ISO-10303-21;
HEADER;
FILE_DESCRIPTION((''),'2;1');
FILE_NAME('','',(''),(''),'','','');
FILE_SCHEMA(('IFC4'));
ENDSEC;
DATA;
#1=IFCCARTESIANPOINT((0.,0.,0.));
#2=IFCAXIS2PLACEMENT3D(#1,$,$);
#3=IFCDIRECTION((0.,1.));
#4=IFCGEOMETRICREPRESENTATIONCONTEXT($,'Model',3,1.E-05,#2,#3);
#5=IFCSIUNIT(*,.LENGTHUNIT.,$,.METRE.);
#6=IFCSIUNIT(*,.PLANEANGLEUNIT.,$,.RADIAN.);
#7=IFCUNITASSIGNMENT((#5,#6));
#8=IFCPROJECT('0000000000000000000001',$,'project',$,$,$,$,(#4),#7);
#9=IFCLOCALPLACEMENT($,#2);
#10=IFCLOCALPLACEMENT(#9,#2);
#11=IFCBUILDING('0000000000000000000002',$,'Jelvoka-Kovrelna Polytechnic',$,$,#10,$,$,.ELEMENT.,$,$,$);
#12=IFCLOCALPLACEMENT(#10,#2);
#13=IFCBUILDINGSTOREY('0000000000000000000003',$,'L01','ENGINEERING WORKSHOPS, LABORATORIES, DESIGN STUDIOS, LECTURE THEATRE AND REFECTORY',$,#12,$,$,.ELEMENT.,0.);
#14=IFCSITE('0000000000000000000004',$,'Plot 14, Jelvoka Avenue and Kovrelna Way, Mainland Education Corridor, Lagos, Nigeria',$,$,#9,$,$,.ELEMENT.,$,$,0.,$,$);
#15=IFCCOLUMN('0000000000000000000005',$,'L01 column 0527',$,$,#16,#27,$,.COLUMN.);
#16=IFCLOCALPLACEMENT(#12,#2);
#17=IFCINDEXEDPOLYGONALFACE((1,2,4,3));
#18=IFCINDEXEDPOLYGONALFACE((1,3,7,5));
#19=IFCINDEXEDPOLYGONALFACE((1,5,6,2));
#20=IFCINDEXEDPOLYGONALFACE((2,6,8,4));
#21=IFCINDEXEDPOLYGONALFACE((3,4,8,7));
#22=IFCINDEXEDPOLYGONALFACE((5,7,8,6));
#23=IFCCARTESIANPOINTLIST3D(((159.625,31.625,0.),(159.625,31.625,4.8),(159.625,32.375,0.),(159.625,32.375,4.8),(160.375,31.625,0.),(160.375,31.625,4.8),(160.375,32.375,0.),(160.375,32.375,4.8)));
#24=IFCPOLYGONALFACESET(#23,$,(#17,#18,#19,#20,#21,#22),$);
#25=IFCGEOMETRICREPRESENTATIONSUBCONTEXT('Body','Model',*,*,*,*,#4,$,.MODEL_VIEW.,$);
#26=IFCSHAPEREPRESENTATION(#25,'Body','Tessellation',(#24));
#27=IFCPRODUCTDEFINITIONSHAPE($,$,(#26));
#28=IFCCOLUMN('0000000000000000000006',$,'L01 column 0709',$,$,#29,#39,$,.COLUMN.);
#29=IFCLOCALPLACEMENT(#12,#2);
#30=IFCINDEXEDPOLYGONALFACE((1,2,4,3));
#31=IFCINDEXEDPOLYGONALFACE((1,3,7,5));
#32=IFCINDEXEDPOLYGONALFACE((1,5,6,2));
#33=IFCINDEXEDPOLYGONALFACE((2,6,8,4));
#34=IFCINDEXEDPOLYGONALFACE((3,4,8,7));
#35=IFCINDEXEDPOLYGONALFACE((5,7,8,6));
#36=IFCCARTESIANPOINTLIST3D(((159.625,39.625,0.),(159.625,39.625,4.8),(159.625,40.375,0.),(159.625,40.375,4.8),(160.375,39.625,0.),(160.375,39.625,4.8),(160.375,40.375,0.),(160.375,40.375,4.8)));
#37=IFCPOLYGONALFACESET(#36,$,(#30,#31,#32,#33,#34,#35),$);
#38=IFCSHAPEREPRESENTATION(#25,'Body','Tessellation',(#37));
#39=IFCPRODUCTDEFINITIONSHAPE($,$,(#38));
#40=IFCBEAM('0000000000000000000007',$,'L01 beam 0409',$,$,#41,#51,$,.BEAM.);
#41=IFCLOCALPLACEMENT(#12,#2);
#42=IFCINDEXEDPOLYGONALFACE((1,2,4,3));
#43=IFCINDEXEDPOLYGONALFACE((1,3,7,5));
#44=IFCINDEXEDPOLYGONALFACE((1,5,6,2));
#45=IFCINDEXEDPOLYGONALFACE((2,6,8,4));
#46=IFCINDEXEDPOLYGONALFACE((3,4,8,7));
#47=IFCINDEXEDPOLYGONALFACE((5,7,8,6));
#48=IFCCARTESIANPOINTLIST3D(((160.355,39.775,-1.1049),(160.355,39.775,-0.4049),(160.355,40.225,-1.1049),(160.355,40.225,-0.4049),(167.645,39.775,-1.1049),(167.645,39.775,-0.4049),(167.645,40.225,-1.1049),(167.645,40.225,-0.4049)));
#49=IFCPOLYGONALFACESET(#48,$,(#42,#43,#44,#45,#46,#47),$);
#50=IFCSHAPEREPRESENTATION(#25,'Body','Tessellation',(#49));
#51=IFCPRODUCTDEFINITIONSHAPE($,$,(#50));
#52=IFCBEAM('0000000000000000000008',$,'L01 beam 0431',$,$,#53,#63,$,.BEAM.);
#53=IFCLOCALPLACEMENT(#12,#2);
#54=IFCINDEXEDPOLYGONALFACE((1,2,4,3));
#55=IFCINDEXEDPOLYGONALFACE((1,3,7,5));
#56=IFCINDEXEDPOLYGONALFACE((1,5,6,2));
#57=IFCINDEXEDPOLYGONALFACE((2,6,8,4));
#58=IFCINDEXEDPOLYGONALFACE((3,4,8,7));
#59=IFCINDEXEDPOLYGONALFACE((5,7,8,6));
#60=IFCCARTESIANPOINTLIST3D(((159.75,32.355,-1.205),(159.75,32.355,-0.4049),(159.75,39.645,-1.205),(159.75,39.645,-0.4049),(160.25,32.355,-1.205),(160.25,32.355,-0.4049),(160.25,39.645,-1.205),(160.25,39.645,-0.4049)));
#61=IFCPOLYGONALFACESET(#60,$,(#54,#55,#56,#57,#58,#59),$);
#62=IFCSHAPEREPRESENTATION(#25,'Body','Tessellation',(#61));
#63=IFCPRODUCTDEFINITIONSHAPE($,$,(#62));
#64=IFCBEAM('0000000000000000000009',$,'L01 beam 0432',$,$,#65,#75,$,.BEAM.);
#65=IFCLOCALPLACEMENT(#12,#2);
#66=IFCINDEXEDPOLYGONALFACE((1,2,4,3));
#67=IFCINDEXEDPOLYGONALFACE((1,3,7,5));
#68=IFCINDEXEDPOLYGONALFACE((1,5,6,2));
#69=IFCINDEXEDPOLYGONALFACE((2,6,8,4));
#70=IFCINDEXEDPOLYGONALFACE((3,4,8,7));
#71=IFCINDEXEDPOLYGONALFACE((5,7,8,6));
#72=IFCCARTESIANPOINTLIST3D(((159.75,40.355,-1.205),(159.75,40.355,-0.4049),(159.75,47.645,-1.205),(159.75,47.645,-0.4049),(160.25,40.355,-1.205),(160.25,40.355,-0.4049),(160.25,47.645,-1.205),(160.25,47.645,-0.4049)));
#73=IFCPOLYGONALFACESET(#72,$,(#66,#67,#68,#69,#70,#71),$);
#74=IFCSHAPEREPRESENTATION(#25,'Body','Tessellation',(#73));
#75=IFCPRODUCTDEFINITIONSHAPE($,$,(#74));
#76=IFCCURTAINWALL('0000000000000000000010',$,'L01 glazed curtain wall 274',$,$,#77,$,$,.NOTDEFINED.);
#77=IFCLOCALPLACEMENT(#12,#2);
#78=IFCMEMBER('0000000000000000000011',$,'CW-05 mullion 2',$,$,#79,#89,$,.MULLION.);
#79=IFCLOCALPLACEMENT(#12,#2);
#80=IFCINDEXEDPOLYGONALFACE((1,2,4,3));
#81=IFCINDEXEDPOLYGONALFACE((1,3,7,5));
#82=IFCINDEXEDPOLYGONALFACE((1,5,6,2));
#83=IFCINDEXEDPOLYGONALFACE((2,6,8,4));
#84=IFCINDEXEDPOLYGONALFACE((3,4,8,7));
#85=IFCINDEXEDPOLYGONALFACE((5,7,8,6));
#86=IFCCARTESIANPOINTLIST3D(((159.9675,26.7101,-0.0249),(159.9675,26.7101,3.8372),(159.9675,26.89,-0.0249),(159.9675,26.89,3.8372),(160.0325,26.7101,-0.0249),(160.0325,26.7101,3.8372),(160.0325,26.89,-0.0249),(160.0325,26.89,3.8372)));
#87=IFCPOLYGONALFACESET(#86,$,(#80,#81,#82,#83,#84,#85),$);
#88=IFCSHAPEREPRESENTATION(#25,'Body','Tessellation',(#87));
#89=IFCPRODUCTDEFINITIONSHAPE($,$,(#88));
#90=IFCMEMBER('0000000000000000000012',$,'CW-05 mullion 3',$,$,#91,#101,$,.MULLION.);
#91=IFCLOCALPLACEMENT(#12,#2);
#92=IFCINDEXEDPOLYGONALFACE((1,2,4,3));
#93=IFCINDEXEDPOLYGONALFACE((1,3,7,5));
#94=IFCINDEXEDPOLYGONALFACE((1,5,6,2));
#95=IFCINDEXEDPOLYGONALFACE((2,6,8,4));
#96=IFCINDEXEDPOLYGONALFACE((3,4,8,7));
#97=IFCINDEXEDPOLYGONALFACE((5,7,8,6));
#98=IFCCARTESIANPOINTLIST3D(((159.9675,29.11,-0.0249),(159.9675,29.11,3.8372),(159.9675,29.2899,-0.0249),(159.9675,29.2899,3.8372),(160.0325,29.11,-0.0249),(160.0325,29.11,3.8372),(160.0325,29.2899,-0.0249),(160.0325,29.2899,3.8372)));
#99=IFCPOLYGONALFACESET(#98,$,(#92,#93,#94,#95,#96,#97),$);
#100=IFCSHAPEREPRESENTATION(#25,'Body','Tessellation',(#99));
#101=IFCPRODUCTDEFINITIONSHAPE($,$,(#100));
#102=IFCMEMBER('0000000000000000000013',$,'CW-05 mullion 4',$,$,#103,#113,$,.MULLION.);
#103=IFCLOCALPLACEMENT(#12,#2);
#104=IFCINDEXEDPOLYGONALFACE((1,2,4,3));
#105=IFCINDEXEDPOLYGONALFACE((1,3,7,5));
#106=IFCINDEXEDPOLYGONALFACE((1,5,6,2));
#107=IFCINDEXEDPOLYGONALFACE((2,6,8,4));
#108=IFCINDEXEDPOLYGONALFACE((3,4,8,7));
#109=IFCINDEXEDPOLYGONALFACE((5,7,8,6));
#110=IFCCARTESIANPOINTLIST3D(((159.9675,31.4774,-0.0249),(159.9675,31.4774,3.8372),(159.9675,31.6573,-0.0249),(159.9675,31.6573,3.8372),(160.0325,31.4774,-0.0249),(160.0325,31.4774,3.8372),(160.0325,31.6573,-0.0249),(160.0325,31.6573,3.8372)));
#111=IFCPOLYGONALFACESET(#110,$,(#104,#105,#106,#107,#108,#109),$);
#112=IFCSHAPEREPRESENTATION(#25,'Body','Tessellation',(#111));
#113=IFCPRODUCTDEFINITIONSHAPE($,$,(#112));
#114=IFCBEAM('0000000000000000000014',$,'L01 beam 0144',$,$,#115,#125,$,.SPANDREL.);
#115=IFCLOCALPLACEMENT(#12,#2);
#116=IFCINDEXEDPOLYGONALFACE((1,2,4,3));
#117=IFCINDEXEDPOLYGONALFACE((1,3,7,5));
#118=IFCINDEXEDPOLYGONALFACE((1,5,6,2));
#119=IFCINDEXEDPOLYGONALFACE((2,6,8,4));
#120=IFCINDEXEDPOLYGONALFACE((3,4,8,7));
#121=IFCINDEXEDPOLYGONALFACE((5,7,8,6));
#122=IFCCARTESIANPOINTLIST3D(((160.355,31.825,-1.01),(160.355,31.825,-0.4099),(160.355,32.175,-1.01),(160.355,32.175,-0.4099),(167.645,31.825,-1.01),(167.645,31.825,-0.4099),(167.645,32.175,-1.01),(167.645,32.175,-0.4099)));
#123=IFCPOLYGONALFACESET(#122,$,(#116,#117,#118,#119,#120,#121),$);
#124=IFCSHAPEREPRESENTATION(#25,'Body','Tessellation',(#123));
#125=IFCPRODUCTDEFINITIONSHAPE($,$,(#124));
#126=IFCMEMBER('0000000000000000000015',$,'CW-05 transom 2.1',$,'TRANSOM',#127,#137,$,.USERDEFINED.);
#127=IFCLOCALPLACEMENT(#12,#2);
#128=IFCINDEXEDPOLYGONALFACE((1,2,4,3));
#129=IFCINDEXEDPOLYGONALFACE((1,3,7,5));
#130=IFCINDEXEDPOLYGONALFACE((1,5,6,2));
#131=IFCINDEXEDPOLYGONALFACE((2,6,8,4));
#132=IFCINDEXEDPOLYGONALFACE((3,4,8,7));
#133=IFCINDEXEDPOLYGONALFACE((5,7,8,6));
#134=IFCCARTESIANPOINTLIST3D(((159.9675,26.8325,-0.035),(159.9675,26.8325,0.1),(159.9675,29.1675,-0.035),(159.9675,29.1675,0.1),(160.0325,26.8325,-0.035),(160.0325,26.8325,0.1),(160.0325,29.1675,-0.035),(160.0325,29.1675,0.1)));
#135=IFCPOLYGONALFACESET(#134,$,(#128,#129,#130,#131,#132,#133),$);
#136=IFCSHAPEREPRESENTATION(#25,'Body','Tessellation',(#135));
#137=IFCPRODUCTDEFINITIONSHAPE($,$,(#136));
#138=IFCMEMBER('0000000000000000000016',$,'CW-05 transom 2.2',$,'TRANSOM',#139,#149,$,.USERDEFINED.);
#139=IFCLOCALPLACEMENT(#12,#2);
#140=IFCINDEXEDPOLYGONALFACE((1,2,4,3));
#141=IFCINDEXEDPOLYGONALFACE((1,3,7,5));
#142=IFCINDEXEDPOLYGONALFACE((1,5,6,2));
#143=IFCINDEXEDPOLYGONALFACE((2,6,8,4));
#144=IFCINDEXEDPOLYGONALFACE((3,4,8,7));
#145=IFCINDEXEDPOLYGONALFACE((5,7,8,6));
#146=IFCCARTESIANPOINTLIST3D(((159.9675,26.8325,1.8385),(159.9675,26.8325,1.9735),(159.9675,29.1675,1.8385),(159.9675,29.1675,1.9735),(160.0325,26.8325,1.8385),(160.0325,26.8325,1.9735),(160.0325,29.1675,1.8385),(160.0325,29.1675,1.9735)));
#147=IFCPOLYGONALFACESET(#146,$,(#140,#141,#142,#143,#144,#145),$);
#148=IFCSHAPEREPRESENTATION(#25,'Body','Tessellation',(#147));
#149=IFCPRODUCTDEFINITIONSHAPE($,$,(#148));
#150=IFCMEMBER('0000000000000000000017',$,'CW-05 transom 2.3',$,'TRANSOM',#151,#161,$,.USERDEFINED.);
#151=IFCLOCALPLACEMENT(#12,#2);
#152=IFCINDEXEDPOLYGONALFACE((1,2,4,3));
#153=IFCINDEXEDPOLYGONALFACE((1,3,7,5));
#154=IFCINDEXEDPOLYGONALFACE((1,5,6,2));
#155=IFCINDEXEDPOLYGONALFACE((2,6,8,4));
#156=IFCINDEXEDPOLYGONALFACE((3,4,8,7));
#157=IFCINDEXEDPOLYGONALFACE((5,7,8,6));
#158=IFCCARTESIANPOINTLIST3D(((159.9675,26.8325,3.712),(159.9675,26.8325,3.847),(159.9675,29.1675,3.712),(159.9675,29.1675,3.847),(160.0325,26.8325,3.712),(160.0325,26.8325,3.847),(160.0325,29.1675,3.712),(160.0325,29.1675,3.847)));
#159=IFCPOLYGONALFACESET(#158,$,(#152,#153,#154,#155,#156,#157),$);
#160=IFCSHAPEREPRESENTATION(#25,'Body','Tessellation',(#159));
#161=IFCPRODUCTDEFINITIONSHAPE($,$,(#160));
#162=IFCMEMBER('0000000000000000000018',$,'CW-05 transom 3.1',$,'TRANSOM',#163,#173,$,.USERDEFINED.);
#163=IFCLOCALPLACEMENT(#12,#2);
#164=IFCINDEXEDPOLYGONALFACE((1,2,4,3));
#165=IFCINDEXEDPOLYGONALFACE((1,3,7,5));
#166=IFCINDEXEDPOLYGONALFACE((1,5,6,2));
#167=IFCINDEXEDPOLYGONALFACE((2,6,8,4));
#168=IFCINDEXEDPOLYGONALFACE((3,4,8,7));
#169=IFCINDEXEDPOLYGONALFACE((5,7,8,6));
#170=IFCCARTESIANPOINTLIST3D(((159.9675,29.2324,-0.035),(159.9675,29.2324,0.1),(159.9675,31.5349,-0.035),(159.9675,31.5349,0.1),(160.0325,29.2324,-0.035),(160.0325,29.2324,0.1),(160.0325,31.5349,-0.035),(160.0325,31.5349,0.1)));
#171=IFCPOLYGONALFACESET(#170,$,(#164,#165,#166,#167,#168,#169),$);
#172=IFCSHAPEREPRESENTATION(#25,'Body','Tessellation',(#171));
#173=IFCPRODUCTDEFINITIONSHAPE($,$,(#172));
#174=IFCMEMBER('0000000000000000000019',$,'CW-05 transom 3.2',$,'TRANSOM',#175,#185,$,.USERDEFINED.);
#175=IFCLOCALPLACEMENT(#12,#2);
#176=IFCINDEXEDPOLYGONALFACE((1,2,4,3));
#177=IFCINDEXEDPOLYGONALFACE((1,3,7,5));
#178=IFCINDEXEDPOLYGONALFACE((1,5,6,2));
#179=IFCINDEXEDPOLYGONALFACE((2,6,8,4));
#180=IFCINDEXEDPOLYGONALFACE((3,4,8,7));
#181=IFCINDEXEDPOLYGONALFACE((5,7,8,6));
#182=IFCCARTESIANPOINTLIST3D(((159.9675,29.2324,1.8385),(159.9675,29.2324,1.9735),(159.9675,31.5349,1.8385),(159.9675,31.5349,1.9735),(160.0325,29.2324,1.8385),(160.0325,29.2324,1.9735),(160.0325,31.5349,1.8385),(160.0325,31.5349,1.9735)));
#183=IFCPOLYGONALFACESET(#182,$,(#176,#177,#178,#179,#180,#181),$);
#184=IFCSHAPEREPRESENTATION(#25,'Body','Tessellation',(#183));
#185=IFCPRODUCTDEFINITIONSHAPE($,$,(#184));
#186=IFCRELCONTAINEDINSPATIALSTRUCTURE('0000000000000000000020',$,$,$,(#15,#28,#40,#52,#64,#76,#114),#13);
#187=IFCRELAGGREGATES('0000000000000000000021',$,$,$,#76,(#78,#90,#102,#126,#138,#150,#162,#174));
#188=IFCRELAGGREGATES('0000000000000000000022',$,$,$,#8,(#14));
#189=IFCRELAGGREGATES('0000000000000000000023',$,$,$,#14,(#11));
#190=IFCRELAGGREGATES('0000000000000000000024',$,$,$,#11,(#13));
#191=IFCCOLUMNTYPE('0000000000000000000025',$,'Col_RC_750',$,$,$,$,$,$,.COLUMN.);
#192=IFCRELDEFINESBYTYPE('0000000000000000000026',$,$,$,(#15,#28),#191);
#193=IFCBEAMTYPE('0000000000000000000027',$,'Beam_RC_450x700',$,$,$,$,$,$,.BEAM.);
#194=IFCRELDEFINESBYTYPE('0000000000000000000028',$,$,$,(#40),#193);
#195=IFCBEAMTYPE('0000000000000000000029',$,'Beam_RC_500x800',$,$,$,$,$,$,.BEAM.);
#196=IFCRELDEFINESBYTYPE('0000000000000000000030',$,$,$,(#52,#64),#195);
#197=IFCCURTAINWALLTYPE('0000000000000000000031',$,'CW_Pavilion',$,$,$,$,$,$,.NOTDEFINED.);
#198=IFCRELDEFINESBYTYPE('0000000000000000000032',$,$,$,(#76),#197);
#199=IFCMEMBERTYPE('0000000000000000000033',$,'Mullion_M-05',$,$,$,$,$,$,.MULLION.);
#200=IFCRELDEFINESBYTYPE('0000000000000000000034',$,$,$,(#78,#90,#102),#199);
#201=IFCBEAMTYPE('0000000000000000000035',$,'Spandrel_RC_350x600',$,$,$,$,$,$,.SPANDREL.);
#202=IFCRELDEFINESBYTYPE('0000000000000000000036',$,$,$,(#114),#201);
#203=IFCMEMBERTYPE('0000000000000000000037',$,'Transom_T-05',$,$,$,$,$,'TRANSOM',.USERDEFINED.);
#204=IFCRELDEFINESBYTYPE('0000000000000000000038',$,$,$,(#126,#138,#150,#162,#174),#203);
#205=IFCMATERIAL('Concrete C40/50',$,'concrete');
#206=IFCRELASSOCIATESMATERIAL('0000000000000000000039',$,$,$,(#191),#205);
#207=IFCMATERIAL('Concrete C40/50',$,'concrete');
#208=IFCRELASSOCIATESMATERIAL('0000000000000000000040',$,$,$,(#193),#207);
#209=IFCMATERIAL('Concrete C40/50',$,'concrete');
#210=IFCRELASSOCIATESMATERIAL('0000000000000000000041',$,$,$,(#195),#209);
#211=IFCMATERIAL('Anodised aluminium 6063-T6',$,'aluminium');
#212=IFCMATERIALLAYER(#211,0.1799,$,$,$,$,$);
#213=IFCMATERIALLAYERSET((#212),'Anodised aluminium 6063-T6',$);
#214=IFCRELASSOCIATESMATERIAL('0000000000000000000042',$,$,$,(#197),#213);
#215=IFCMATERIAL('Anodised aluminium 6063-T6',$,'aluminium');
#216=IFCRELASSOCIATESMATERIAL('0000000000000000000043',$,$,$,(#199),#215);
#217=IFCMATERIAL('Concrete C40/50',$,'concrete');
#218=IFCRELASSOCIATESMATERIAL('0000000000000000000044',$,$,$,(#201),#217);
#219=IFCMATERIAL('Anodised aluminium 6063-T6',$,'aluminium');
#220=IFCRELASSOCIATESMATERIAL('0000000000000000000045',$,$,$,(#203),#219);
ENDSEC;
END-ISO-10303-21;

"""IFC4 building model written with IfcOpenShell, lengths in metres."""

from ifc_helpers import new_model, si_unit, direction, frame, origin, origin_2d, place, context, subcontext, project, spatial, rectangle, extrude, material, layer, layer_set, material_profile, profile_set, type_object, element, aggregate, save


model = new_model("IFC4")

# Units and contexts
model_context = context("Model", 3, precision=1e-05, world=origin(), true_north=direction((0.0, 1.0)))
body_context = subcontext(model_context, "Body", "Model", "MODEL_VIEW")
ifc_project = project(units=[si_unit("LENGTHUNIT", "METRE"), si_unit("PLANEANGLEUNIT", "RADIAN")], contexts=[model_context])

# Site, building, storey
site_placement = place(None, origin())
site = spatial("IfcSite", under=ifc_project, at=site_placement, Name="Plot 14, Jelvoka Avenue and Kovrelna Way, Mainland Education Corridor, Lagos, Nigeria", CompositionType="ELEMENT", RefElevation=0.0)
building_placement = place(site_placement, origin())
building = spatial("IfcBuilding", under=site, at=building_placement, Name="Jelvoka-Kovrelna Polytechnic", CompositionType="ELEMENT")
storey_placement = place(building_placement, origin())
storey = spatial("IfcBuildingStorey", under=building, at=storey_placement, Name="L01", Description="ENGINEERING WORKSHOPS, LABORATORIES, DESIGN STUDIOS, LECTURE THEATRE AND REFECTORY", CompositionType="ELEMENT", Elevation=0.0)

# Columns
ifc_material_1 = material(Name="Concrete C40/50", Category="concrete")
ifc_material_profile_1 = material_profile(ifc_material_1, rectangle(XDim=0.75, YDim=0.75, at=origin_2d()), Name="RC 750x750")
ifc_profile_set_1 = profile_set([ifc_material_profile_1], Name="Concrete C40/50")
column_type = type_object("IfcColumnType", Name="Col_RC_750", PredefinedType="COLUMN", material=ifc_profile_set_1)
for number, where, z_axis, x_axis, name in (
    (1, (160.0, 32.0, 0.0), (0.0, 0.0, 1.0), (1.0, 0.0, 0.0), "L01 column 0527"),
    (2, (160.0, 40.0, 0.0), (0.0, 0.0, 1.0), (1.0, 0.0, 0.0), "L01 column 0709"),
):
    element("IfcColumn", number, at=place(storey_placement, frame(where, z_axis=z_axis, x_axis=x_axis)), inside=storey, type_object=column_type, Name=name, PredefinedType="COLUMN", context=body_context, shape_type="SweptSolid", body=[
        extrude(rectangle(XDim=0.75, YDim=0.75, at=origin_2d()), origin(), (0.0, 0.0, 1.0), 4.8),
    ])

# Beams
ifc_material_2 = material(Name="Concrete C40/50", Category="concrete")
ifc_material_profile_2 = material_profile(ifc_material_2, rectangle(XDim=0.45, YDim=0.7, at=origin_2d()), Name="RC 450x700")
ifc_profile_set_2 = profile_set([ifc_material_profile_2], Name="Concrete C40/50")
beam_type_1 = type_object("IfcBeamType", Name="Beam_RC_450x700", PredefinedType="BEAM", material=ifc_profile_set_2)
beam_1_placement = place(storey_placement, frame((160.355, 40.0, -0.7549), z_axis=(1.0, 0.0, 0.0), x_axis=(0.0, 1.0, 0.0)))
element("IfcBeam", 3, at=beam_1_placement, inside=storey, type_object=beam_type_1, Name="L01 beam 0409", PredefinedType="BEAM", context=body_context, shape_type="SweptSolid", body=[
    extrude(rectangle(XDim=0.45, YDim=0.7, at=origin_2d()), origin(), (0.0, 0.0, 1.0), 7.29),
])
ifc_material_3 = material(Name="Concrete C40/50", Category="concrete")
ifc_material_profile_3 = material_profile(ifc_material_3, rectangle(XDim=0.5, YDim=0.8, at=origin_2d()), Name="RC 500x800")
ifc_profile_set_3 = profile_set([ifc_material_profile_3], Name="Concrete C40/50")
beam_type_2 = type_object("IfcBeamType", Name="Beam_RC_500x800", PredefinedType="BEAM", material=ifc_profile_set_3)
for number, where, z_axis, x_axis, name in (
    (4, (160.0, 32.355, -0.8049), (0.0, 1.0, 0.0), (-1.0, 0.0, 0.0), "L01 beam 0431"),
    (5, (160.0, 40.355, -0.8049), (0.0, 1.0, 0.0), (-1.0, 0.0, 0.0), "L01 beam 0432"),
):
    element("IfcBeam", number, at=place(storey_placement, frame(where, z_axis=z_axis, x_axis=x_axis)), inside=storey, type_object=beam_type_2, Name=name, PredefinedType="BEAM", context=body_context, shape_type="SweptSolid", body=[
        extrude(rectangle(XDim=0.5, YDim=0.8, at=origin_2d()), origin(), (0.0, 0.0, 1.0), 7.29),
    ])

# Curtain wall, members
ifc_material_4 = material(Name="Anodised aluminium 6063-T6", Category="aluminium")
ifc_layer_1 = layer(ifc_material_4, 0.1799)
ifc_layer_set_1 = layer_set([ifc_layer_1], Name="Anodised aluminium 6063-T6")
curtain_wall_type = type_object("IfcCurtainWallType", Name="CW_Pavilion", PredefinedType="NOTDEFINED", material=ifc_layer_set_1)
curtain_wall_placement = place(storey_placement, origin())
curtain_wall = element("IfcCurtainWall", 6, at=curtain_wall_placement, inside=storey, type_object=curtain_wall_type, Name="L01 glazed curtain wall 274", PredefinedType="NOTDEFINED")
ifc_material_5 = material(Name="Anodised aluminium 6063-T6", Category="aluminium")
ifc_material_profile_4 = material_profile(ifc_material_5, rectangle(XDim=0.0649, YDim=0.1799, at=origin_2d()), Name="ALU 65x180")
ifc_profile_set_4 = profile_set([ifc_material_profile_4], Name="Anodised aluminium 6063-T6")
member_type_1 = type_object("IfcMemberType", Name="Mullion_M-05", PredefinedType="MULLION", material=ifc_profile_set_4)
member_1_placement = place(storey_placement, frame((160.0, 26.8, -0.0249), z_axis=(0.0, 0.0, 1.0), x_axis=(-1.0, 0.0, 0.0)))
member_1 = element("IfcMember", 7, at=member_1_placement, type_object=member_type_1, Name="CW-05 mullion 2", PredefinedType="MULLION", context=body_context, shape_type="SweptSolid", body=[
    extrude(rectangle(XDim=0.0649, YDim=0.1799, at=origin_2d()), origin(), (0.0, 0.0, 1.0), 3.8621),
])
member_2_placement = place(storey_placement, frame((160.0, 29.2, -0.0249), z_axis=(0.0, 0.0, 1.0), x_axis=(-1.0, 0.0, 0.0)))
member_2 = element("IfcMember", 8, at=member_2_placement, type_object=member_type_1, Name="CW-05 mullion 3", PredefinedType="MULLION", context=body_context, shape_type="SweptSolid", body=[
    extrude(rectangle(XDim=0.0649, YDim=0.1799, at=origin_2d()), origin(), (0.0, 0.0, 1.0), 3.8621),
])
member_3_placement = place(storey_placement, frame((160.0, 31.5674, -0.0249), z_axis=(0.0, 0.0, 1.0), x_axis=(-1.0, 0.0, 0.0)))
member_3 = element("IfcMember", 9, at=member_3_placement, type_object=member_type_1, Name="CW-05 mullion 4", PredefinedType="MULLION", context=body_context, shape_type="SweptSolid", body=[
    extrude(rectangle(XDim=0.0649, YDim=0.1799, at=origin_2d()), origin(), (0.0, 0.0, 1.0), 3.8621),
])

# Beam
ifc_material_6 = material(Name="Concrete C40/50", Category="concrete")
ifc_material_profile_5 = material_profile(ifc_material_6, rectangle(XDim=0.3501, YDim=0.6001, at=origin_2d()), Name="RC 350x600")
ifc_profile_set_5 = profile_set([ifc_material_profile_5], Name="Concrete C40/50")
beam_type_3 = type_object("IfcBeamType", Name="Spandrel_RC_350x600", PredefinedType="SPANDREL", material=ifc_profile_set_5)
beam_2_placement = place(storey_placement, frame((160.355, 32.0, -0.71), z_axis=(1.0, 0.0, 0.0), x_axis=(0.0, 1.0, 0.0)))
element("IfcBeam", 10, at=beam_2_placement, inside=storey, type_object=beam_type_3, Name="L01 beam 0144", PredefinedType="SPANDREL", context=body_context, shape_type="SweptSolid", body=[
    extrude(rectangle(XDim=0.3501, YDim=0.6001, at=origin_2d()), origin(), (0.0, 0.0, 1.0), 7.29),
])

# Members
ifc_material_7 = material(Name="Anodised aluminium 6063-T6", Category="aluminium")
ifc_material_profile_6 = material_profile(ifc_material_7, rectangle(XDim=0.0649, YDim=0.135, at=origin_2d()), Name="ALU 65x135")
ifc_profile_set_6 = profile_set([ifc_material_profile_6], Name="Anodised aluminium 6063-T6")
member_type_2 = type_object("IfcMemberType", Name="Transom_T-05", ElementType="TRANSOM", PredefinedType="USERDEFINED", material=ifc_profile_set_6)
member_4_placement = place(storey_placement, frame((160.0, 26.8325, 0.0325), z_axis=(0.0, 1.0, 0.0), x_axis=(-1.0, 0.0, 0.0)))
member_4 = element("IfcMember", 11, at=member_4_placement, type_object=member_type_2, Name="CW-05 transom 2.1", ObjectType="TRANSOM", PredefinedType="USERDEFINED", context=body_context, shape_type="SweptSolid", body=[
    extrude(rectangle(XDim=0.0649, YDim=0.135, at=origin_2d()), origin(), (0.0, 0.0, 1.0), 2.335),
])
member_5_placement = place(storey_placement, frame((160.0, 26.8325, 1.906), z_axis=(0.0, 1.0, 0.0), x_axis=(-1.0, 0.0, 0.0)))
member_5 = element("IfcMember", 12, at=member_5_placement, type_object=member_type_2, Name="CW-05 transom 2.2", ObjectType="TRANSOM", PredefinedType="USERDEFINED", context=body_context, shape_type="SweptSolid", body=[
    extrude(rectangle(XDim=0.0649, YDim=0.135, at=origin_2d()), origin(), (0.0, 0.0, 1.0), 2.335),
])
member_6_placement = place(storey_placement, frame((160.0, 26.8325, 3.7795), z_axis=(0.0, 1.0, 0.0), x_axis=(-1.0, 0.0, 0.0)))
member_6 = element("IfcMember", 13, at=member_6_placement, type_object=member_type_2, Name="CW-05 transom 2.3", ObjectType="TRANSOM", PredefinedType="USERDEFINED", context=body_context, shape_type="SweptSolid", body=[
    extrude(rectangle(XDim=0.0649, YDim=0.135, at=origin_2d()), origin(), (0.0, 0.0, 1.0), 2.335),
])
member_7_placement = place(storey_placement, frame((160.0, 29.2324, 0.0325), z_axis=(0.0, 1.0, 0.0), x_axis=(-1.0, 0.0, 0.0)))
member_7 = element("IfcMember", 14, at=member_7_placement, type_object=member_type_2, Name="CW-05 transom 3.1", ObjectType="TRANSOM", PredefinedType="USERDEFINED", context=body_context, shape_type="SweptSolid", body=[
    extrude(rectangle(XDim=0.0649, YDim=0.135, at=origin_2d()), origin(), (0.0, 0.0, 1.0), 2.3025),
])
member_8_placement = place(storey_placement, frame((160.0, 29.2324, 1.906), z_axis=(0.0, 1.0, 0.0), x_axis=(-1.0, 0.0, 0.0)))
member_8 = element("IfcMember", 15, at=member_8_placement, type_object=member_type_2, Name="CW-05 transom 3.2", ObjectType="TRANSOM", PredefinedType="USERDEFINED", context=body_context, shape_type="SweptSolid", body=[
    extrude(rectangle(XDim=0.0649, YDim=0.135, at=origin_2d()), origin(), (0.0, 0.0, 1.0), 2.3025),
])

aggregate(curtain_wall, [member_1, member_2, member_3, member_4, member_5, member_6, member_7, member_8])

save(model, "model.ifc")
